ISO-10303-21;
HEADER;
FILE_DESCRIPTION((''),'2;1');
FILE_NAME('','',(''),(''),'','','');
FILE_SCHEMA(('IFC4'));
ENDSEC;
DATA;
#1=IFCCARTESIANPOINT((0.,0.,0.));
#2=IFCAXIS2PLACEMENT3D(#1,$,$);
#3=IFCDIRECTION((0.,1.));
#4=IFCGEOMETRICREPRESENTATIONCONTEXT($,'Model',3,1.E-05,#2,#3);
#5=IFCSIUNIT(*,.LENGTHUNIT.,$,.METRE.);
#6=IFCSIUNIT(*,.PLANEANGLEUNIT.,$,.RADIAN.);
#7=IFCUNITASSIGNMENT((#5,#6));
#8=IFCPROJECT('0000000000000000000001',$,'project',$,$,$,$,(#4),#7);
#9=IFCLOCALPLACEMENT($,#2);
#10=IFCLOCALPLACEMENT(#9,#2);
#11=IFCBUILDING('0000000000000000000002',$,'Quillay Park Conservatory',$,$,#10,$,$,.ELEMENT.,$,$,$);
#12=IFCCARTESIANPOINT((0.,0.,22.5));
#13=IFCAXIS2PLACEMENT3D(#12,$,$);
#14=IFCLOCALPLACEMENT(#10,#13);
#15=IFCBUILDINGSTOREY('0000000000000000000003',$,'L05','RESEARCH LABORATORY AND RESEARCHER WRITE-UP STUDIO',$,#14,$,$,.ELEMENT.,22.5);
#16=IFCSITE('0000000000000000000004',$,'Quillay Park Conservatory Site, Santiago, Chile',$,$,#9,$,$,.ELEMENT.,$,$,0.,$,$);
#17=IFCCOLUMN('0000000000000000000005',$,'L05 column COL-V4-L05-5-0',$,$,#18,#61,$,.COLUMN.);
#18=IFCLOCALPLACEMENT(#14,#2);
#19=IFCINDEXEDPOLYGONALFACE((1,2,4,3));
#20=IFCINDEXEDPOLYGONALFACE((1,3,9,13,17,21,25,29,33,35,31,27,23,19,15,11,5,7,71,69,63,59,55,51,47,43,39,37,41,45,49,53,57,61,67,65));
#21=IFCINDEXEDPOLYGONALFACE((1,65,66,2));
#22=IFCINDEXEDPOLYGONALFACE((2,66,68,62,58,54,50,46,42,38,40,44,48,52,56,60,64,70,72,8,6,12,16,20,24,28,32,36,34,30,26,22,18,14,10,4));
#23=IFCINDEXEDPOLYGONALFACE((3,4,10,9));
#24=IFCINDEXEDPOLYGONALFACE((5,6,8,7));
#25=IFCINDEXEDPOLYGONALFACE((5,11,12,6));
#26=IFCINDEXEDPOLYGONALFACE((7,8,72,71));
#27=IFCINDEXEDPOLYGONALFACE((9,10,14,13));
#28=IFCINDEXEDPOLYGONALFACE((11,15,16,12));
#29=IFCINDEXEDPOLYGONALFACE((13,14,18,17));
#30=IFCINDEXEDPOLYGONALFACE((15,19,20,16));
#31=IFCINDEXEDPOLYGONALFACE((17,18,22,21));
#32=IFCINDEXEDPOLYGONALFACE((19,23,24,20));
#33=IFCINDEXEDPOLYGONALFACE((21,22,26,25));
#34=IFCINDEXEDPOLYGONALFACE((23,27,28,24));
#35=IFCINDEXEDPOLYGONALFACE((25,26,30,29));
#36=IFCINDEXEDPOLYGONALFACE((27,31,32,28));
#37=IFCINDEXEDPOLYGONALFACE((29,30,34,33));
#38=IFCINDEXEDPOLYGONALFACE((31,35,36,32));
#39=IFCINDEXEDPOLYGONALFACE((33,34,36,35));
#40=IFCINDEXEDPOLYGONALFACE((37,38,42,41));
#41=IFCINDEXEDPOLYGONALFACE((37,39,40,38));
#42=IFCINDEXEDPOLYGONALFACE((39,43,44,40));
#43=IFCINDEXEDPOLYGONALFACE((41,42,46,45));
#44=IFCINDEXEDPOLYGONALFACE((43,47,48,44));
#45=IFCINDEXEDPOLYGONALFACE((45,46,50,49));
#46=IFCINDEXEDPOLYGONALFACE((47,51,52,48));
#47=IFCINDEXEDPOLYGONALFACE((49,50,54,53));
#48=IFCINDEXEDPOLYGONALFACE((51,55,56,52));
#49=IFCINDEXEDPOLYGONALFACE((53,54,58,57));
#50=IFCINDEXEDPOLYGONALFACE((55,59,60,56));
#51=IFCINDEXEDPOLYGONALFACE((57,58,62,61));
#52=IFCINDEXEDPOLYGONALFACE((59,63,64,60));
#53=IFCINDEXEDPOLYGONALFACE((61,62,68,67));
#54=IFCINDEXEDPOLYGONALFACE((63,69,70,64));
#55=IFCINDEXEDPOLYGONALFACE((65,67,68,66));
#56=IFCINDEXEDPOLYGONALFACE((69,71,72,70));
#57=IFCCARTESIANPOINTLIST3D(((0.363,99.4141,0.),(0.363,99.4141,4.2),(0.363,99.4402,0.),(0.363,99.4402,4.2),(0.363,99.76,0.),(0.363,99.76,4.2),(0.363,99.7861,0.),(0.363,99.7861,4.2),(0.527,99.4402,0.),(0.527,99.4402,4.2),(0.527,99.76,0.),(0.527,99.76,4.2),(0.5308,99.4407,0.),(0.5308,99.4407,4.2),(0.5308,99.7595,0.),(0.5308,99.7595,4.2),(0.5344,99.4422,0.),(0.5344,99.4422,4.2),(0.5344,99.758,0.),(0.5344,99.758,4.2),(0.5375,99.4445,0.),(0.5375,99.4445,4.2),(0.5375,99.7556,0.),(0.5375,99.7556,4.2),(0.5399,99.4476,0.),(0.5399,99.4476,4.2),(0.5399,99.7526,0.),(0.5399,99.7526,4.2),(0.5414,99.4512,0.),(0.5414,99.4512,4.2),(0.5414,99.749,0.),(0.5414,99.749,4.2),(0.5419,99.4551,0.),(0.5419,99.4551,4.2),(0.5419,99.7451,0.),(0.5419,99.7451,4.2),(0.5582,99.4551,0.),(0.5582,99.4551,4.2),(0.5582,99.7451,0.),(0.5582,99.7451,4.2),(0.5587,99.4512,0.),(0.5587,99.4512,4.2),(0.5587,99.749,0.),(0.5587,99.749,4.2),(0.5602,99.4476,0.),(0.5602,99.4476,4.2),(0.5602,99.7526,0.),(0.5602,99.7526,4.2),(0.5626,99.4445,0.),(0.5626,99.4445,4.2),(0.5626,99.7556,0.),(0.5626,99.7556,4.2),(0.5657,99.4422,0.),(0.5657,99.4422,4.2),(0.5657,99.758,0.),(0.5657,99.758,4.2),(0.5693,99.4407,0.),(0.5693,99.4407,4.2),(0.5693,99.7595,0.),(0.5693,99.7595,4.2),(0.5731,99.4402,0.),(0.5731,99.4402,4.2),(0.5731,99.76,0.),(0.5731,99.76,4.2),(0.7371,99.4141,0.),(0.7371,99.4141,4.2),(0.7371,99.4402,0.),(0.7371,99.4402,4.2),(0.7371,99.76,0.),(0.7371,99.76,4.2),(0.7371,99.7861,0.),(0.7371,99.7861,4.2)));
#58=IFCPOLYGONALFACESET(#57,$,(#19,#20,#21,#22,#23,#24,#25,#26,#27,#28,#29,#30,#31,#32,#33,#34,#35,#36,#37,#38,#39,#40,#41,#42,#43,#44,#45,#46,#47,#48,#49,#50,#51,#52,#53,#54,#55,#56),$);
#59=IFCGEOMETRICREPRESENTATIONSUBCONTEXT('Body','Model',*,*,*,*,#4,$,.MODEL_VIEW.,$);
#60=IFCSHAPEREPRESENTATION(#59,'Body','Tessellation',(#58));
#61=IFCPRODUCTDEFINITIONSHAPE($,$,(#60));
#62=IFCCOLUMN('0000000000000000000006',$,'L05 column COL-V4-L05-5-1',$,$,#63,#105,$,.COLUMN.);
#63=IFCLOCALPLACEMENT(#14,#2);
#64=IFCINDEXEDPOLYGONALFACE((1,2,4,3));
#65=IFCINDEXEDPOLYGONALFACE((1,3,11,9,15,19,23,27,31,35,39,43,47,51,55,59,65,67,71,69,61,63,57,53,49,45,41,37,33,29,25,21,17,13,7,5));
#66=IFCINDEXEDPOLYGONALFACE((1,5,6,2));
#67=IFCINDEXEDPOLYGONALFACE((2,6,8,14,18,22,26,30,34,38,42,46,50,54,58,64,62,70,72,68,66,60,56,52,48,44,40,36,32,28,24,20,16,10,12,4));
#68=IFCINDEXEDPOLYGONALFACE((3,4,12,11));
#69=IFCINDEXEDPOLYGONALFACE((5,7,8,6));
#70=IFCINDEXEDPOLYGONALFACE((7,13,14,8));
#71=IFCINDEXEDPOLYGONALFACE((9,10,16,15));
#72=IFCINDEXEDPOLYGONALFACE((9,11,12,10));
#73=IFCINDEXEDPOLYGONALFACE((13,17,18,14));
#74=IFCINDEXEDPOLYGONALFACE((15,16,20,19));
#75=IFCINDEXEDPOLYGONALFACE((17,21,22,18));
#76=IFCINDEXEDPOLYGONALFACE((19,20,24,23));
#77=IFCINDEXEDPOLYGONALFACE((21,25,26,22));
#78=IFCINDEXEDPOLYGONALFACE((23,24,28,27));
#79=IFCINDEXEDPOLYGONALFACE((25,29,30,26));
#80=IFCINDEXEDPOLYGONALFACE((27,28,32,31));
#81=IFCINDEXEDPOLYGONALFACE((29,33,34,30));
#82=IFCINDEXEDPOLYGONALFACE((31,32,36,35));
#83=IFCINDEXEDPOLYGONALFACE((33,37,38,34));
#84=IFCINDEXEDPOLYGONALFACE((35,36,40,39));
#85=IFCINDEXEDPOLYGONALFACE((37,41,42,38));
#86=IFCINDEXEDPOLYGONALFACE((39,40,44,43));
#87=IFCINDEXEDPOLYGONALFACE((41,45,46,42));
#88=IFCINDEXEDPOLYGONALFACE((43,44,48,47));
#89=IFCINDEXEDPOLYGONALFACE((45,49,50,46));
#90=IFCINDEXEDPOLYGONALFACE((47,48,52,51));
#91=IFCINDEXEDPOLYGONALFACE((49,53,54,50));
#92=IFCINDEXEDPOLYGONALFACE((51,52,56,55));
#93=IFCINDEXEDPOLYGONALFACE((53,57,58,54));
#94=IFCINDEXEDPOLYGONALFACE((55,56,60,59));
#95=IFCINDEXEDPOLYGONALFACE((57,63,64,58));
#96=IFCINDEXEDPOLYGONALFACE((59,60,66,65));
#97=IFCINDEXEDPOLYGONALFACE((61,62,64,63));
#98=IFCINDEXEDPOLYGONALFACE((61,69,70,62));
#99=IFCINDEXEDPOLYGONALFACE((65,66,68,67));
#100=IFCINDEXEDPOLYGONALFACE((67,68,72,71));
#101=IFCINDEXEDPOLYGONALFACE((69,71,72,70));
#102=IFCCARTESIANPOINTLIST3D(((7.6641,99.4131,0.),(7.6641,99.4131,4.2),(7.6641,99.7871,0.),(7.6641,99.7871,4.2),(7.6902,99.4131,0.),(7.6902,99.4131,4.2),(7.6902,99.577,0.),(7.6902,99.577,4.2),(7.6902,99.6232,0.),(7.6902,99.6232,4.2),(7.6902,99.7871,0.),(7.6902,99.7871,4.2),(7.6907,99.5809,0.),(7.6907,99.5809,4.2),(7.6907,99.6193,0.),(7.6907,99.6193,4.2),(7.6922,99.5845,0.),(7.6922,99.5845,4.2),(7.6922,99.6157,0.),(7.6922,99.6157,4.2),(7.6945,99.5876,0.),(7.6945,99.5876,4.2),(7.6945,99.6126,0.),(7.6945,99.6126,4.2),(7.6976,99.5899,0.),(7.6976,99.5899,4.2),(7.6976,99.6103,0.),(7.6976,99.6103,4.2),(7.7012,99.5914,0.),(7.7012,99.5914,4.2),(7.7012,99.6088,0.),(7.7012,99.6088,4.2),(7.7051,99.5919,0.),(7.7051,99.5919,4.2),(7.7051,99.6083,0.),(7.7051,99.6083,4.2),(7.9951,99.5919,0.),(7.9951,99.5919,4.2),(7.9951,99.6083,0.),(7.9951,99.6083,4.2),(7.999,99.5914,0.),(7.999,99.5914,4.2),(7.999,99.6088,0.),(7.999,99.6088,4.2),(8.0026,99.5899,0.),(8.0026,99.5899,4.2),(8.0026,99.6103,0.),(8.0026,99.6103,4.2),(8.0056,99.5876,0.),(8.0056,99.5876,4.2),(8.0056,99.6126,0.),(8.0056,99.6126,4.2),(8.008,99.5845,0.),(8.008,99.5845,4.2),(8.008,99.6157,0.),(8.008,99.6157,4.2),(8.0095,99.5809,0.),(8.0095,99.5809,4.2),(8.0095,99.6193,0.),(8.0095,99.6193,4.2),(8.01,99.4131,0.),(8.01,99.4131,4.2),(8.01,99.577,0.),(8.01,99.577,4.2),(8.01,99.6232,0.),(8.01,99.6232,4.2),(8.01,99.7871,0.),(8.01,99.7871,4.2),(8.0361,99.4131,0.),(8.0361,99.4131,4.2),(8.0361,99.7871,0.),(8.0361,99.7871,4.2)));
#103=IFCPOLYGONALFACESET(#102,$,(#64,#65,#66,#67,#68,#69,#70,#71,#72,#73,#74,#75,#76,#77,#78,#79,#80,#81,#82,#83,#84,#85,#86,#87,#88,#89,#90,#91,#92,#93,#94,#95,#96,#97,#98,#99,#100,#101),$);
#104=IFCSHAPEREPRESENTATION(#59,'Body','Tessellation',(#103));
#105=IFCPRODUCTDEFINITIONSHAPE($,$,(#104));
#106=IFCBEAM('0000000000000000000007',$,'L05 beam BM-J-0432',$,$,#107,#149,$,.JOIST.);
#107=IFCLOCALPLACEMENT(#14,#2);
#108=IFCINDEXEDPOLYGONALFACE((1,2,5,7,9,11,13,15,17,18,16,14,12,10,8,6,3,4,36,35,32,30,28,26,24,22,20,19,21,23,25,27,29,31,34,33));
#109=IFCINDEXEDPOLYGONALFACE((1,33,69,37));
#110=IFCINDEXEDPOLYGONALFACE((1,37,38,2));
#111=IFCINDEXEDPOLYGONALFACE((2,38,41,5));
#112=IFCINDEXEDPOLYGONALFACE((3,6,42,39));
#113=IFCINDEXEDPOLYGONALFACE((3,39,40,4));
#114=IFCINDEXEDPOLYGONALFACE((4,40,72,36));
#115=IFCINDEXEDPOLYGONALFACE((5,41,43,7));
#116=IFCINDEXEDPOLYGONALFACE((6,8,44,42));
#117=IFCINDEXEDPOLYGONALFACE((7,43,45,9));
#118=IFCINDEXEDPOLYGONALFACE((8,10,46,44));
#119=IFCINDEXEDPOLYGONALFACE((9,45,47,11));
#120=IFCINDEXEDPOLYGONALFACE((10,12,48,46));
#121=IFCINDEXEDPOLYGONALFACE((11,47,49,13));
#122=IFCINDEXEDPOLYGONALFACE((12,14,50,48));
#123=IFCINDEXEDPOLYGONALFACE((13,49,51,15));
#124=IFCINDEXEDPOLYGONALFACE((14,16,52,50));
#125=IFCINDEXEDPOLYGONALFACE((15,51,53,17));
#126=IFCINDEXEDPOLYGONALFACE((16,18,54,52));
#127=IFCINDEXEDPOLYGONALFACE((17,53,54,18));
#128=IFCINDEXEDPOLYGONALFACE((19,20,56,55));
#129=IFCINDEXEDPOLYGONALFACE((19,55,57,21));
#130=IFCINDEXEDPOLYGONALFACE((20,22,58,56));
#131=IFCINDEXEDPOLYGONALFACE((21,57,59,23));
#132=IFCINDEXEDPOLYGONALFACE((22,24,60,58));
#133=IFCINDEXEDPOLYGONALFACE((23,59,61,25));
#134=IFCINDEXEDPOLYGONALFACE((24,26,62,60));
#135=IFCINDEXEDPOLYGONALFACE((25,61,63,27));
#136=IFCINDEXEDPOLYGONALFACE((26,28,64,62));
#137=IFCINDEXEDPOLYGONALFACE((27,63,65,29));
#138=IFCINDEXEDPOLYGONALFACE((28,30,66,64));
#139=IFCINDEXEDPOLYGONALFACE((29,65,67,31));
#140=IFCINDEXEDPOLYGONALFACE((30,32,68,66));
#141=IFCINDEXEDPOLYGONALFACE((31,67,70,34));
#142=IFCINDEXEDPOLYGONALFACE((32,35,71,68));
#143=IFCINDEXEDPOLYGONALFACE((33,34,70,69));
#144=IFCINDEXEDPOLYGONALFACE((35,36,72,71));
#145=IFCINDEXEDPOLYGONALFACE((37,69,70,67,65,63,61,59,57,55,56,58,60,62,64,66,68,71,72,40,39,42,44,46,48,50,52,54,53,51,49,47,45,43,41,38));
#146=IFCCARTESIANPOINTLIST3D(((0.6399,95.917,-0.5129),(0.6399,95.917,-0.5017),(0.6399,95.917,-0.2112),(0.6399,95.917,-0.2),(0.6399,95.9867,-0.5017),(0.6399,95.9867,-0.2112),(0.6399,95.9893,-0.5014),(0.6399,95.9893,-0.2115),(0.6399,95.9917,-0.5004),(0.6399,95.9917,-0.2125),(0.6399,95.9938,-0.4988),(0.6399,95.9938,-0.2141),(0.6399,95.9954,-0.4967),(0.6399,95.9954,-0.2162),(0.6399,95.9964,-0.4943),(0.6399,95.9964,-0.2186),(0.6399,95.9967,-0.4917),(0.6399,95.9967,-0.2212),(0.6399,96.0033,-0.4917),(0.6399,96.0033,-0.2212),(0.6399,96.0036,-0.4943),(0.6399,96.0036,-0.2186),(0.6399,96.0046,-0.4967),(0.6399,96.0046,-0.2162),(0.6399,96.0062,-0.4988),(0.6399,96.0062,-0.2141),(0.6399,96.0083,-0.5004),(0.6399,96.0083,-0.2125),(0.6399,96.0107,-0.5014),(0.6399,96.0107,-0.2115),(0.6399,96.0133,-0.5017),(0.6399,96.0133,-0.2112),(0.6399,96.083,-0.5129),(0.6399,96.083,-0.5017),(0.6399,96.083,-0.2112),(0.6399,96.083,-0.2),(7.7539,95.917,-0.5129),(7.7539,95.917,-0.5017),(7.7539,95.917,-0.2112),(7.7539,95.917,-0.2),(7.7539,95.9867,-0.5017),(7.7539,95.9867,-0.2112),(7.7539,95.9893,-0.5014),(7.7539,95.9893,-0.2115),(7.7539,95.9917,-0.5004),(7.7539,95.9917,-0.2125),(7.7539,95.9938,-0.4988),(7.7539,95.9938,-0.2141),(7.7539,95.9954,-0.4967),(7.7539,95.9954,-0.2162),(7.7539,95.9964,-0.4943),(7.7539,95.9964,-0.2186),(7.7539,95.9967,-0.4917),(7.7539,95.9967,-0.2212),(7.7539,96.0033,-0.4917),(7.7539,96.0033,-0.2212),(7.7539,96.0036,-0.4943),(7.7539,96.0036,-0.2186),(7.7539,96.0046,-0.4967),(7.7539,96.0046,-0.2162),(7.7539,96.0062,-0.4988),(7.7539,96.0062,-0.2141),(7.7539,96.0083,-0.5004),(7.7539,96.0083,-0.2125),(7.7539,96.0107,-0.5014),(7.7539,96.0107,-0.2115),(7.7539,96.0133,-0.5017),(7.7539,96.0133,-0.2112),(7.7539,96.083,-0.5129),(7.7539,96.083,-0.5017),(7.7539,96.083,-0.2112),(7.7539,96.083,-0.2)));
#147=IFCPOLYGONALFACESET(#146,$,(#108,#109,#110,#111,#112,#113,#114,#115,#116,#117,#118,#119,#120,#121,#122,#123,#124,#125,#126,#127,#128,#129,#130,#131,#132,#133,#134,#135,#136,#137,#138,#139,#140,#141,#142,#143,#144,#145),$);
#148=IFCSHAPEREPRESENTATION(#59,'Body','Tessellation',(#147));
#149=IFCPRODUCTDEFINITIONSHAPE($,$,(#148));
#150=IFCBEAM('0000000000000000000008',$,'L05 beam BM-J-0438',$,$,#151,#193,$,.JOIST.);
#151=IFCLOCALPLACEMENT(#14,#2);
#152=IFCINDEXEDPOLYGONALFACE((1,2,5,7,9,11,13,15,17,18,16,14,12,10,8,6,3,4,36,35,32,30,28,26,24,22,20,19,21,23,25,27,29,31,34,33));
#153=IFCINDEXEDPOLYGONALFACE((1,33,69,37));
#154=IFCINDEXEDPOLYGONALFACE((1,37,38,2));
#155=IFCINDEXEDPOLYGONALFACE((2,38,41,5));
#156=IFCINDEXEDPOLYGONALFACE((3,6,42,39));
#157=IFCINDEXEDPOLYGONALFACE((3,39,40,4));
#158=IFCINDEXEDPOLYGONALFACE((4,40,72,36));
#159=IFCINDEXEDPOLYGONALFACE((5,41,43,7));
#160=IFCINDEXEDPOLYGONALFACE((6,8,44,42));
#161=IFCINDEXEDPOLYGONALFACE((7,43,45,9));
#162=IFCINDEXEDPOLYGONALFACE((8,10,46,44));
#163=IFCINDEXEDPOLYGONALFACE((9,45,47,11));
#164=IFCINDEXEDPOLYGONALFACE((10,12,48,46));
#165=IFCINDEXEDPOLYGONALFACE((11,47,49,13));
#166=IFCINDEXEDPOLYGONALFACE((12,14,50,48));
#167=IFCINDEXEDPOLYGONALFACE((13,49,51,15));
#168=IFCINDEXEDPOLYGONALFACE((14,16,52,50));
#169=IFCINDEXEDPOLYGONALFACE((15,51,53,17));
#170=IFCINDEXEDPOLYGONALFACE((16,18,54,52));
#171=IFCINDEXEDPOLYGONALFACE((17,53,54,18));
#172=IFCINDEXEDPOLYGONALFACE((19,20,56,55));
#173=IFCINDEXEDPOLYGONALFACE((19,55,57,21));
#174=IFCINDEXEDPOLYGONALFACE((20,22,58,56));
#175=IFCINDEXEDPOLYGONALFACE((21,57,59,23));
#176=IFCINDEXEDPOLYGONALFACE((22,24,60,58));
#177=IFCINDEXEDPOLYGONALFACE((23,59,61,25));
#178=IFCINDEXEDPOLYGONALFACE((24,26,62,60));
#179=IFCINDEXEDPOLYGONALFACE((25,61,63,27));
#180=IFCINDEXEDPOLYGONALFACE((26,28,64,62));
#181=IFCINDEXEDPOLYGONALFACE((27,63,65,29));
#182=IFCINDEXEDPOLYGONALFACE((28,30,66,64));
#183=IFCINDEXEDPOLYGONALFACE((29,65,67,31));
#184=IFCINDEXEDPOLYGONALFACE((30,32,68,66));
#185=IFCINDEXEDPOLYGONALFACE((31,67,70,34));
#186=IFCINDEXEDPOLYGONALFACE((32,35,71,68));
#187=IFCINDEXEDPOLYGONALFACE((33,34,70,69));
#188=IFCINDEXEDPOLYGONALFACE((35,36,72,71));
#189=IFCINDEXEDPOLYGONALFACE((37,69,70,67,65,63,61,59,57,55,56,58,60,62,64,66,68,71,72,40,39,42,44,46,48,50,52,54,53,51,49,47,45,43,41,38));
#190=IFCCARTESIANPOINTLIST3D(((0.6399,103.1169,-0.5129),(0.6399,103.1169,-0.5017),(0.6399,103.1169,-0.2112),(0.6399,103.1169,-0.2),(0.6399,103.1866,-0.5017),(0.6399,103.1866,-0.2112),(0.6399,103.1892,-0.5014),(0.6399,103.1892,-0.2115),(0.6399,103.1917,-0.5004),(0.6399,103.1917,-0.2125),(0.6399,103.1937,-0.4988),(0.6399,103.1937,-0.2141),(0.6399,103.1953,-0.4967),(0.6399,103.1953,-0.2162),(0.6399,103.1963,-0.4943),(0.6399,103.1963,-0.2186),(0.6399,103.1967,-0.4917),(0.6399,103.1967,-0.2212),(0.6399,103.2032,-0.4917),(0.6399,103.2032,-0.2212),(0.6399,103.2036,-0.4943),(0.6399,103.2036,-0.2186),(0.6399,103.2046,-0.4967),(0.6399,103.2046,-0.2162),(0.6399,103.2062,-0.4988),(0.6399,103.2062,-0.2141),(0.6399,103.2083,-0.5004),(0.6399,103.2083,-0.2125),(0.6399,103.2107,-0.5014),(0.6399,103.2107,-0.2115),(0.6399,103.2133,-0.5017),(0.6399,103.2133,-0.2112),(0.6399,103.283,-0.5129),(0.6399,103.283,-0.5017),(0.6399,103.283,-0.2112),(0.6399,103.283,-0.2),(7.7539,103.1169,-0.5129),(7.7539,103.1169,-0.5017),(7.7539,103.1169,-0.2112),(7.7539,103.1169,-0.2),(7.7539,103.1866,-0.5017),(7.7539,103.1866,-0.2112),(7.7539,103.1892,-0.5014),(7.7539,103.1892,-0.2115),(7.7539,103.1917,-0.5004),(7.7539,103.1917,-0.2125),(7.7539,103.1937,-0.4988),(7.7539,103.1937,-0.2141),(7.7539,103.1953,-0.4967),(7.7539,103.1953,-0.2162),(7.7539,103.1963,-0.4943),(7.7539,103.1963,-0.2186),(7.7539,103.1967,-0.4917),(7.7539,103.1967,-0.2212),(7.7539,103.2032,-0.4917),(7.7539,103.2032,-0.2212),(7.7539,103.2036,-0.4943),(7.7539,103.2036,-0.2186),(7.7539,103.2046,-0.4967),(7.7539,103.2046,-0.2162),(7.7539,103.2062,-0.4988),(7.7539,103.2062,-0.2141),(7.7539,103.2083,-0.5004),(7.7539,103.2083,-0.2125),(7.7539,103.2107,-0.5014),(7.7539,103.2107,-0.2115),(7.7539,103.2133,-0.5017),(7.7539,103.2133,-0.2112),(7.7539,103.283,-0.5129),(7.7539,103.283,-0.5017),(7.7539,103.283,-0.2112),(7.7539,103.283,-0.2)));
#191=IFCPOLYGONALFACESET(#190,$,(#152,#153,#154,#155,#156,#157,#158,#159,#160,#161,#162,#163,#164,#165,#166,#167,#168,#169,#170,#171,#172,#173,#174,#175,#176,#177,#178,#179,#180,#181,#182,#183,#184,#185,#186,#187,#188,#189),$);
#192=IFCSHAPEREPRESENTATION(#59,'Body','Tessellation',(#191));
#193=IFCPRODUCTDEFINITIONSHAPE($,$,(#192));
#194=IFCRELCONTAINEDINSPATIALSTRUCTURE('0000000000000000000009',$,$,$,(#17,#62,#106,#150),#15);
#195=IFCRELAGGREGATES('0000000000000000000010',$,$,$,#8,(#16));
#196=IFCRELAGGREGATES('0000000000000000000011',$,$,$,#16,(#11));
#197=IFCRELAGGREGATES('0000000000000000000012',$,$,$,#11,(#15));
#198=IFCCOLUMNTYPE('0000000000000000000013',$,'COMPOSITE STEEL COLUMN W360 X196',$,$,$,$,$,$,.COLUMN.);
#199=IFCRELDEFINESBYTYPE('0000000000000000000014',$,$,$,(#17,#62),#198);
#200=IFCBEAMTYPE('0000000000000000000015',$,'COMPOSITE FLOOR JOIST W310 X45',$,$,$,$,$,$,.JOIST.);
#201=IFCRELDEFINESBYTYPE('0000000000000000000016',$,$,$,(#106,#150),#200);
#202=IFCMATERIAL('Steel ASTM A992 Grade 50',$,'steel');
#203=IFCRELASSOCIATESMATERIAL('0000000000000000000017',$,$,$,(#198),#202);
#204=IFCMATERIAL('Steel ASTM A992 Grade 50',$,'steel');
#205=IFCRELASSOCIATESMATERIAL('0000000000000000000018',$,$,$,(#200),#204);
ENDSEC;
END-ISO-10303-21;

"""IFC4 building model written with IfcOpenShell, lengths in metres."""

from ifc_helpers import new_model, si_unit, direction, frame, origin, origin_2d, place, context, subcontext, project, spatial, i_section, extrude, material, material_profile, profile_set, type_object, element, save


model = new_model("IFC4")

# Units and contexts
model_context = context("Model", 3, precision=1e-05, world=origin(), true_north=direction((0.0, 1.0)))
body_context = subcontext(model_context, "Body", "Model", "MODEL_VIEW")
ifc_project = project(units=[si_unit("LENGTHUNIT", "METRE"), si_unit("PLANEANGLEUNIT", "RADIAN")], contexts=[model_context])

# Site, building, storey
site_placement = place(None, origin())
site = spatial("IfcSite", under=ifc_project, at=site_placement, Name="Quillay Park Conservatory Site, Santiago, Chile", CompositionType="ELEMENT", RefElevation=0.0)
building_placement = place(site_placement, origin())
building = spatial("IfcBuilding", under=site, at=building_placement, Name="Quillay Park Conservatory", CompositionType="ELEMENT")
storey_placement = place(building_placement, frame((0.0, 0.0, 22.5)))
storey = spatial("IfcBuildingStorey", under=building, at=storey_placement, Name="L05", Description="RESEARCH LABORATORY AND RESEARCHER WRITE-UP STUDIO", CompositionType="ELEMENT", Elevation=22.5)

# Columns
ifc_material_1 = material(Name="Steel ASTM A992 Grade 50", Category="steel")
ifc_material_profile_1 = material_profile(ifc_material_1, i_section(OverallWidth=0.374, OverallDepth=0.3721, WebThickness=0.0164, FlangeThickness=0.0261, FilletRadius=0.0149, at=origin_2d()), Name="W360x196")
ifc_profile_set_1 = profile_set([ifc_material_profile_1], Name="Steel ASTM A992 Grade 50")
column_type = type_object("IfcColumnType", Name="COMPOSITE STEEL COLUMN W360 X196", PredefinedType="COLUMN", material=ifc_profile_set_1)
for number, where, z_axis, x_axis, name in (
    (1, (0.55, 99.6001, 0.0), (0.0, 0.0, 1.0), (1.0, 0.0, 0.0), "L05 column COL-V4-L05-5-0"),
    (2, (7.8501, 99.6001, 0.0), (0.0, 0.0, 1.0), (0.0, 1.0, 0.0), "L05 column COL-V4-L05-5-1"),
):
    element("IfcColumn", number, at=place(storey_placement, frame(where, z_axis=z_axis, x_axis=x_axis)), inside=storey, type_object=column_type, Name=name, PredefinedType="COLUMN", context=body_context, shape_type="SweptSolid", body=[
        extrude(i_section(OverallWidth=0.374, OverallDepth=0.3721, WebThickness=0.0164, FlangeThickness=0.0261, FilletRadius=0.0149, at=origin_2d()), origin(), (0.0, 0.0, 1.0), 4.2),
    ])

# Beams
ifc_material_2 = material(Name="Steel ASTM A992 Grade 50", Category="steel")
ifc_material_profile_2 = material_profile(ifc_material_2, i_section(OverallWidth=0.166, OverallDepth=0.313, WebThickness=0.0066, FlangeThickness=0.0112, FilletRadius=0.01, at=origin_2d()), Name="W310x45")
ifc_profile_set_2 = profile_set([ifc_material_profile_2], Name="Steel ASTM A992 Grade 50")
beam_type_1 = type_object("IfcBeamType", Name="COMPOSITE FLOOR JOIST W310 X45", PredefinedType="JOIST", material=ifc_profile_set_2)
for number, where, z_axis, x_axis, name in (
    (3, (0.6399, 96.0, -0.3564), (1.0, 0.0, 0.0), (0.0, 1.0, 0.0), "L05 beam BM-J-0432"),
    (4, (0.6399, 103.2, -0.3564), (1.0, 0.0, 0.0), (0.0, 1.0, 0.0), "L05 beam BM-J-0438"),
):
    element("IfcBeam", number, at=place(storey_placement, frame(where, z_axis=z_axis, x_axis=x_axis)), inside=storey, type_object=beam_type_1, Name=name, PredefinedType="JOIST", context=body_context, shape_type="SweptSolid", body=[
        extrude(i_section(OverallWidth=0.166, OverallDepth=0.313, WebThickness=0.0066, FlangeThickness=0.0112, FilletRadius=0.01, at=origin_2d()), origin(), (0.0, 0.0, 1.0), 7.114),
    ])

save(model, "model.ifc")
